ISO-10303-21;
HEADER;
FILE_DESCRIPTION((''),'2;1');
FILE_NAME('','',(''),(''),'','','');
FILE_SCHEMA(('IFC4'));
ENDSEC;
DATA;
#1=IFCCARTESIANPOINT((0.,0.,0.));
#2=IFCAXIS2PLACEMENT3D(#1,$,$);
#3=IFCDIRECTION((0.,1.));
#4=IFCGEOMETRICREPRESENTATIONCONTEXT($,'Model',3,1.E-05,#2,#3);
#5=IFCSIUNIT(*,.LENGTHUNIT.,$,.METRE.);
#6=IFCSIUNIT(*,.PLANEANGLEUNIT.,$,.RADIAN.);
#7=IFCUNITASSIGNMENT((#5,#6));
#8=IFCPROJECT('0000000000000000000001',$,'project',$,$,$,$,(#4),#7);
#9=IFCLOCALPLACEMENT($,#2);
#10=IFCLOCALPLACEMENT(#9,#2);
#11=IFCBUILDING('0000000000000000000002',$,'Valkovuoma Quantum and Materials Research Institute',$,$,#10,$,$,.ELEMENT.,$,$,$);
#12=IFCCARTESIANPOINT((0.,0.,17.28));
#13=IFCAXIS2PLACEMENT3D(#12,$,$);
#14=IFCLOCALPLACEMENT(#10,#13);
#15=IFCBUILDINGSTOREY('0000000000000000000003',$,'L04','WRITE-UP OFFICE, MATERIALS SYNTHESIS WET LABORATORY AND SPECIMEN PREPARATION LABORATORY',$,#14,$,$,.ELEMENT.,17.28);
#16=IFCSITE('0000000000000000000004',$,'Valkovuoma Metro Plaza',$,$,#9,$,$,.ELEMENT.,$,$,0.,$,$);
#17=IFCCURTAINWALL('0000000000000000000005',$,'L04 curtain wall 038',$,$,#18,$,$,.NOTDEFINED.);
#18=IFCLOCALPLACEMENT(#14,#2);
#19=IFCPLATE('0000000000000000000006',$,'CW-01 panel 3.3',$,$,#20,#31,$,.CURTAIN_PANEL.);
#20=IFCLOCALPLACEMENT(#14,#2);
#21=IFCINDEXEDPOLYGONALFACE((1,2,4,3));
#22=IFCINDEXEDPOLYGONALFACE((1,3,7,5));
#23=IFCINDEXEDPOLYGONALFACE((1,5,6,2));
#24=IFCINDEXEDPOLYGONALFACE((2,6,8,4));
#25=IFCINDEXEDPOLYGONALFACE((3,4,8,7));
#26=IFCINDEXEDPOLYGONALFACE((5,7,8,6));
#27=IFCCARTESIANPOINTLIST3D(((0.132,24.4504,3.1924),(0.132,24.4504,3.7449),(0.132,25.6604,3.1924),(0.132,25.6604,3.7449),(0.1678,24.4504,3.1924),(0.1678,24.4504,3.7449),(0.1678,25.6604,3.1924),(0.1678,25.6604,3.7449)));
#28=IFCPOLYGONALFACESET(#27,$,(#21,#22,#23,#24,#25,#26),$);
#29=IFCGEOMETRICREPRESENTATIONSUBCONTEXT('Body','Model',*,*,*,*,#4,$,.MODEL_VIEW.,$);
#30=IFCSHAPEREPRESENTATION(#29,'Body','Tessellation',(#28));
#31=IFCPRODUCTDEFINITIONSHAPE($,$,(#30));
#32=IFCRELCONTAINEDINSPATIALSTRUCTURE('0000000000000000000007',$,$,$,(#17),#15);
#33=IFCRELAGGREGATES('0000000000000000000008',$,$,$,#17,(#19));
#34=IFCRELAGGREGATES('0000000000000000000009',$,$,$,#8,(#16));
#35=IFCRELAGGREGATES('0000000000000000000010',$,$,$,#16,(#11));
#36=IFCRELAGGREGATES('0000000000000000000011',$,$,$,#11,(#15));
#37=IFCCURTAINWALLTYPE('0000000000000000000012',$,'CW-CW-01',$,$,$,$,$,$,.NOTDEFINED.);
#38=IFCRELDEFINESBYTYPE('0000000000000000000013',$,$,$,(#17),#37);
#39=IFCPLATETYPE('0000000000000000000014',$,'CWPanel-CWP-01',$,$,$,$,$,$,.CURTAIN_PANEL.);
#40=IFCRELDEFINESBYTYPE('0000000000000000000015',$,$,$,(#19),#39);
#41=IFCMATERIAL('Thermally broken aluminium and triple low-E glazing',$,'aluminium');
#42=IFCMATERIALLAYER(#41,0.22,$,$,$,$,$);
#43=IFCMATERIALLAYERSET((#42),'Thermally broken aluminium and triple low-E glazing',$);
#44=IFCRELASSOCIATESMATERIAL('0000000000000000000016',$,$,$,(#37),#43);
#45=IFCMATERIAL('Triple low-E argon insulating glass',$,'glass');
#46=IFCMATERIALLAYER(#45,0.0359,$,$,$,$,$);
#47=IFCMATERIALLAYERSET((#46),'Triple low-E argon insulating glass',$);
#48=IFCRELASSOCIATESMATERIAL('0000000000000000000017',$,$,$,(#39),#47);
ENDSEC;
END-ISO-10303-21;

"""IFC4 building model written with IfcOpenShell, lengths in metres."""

from ifc_helpers import new_model, si_unit, direction, frame, origin, origin_2d, place, context, subcontext, project, spatial, rectangle, extrude, material, layer, layer_set, type_object, element, aggregate, save


model = new_model("IFC4")

# Units and contexts
model_context = context("Model", 3, precision=1e-05, world=origin(), true_north=direction((0.0, 1.0)))
body_context = subcontext(model_context, "Body", "Model", "MODEL_VIEW")
ifc_project = project(units=[si_unit("LENGTHUNIT", "METRE"), si_unit("PLANEANGLEUNIT", "RADIAN")], contexts=[model_context])

# Site, building, storey
site_placement = place(None, origin())
site = spatial("IfcSite", under=ifc_project, at=site_placement, Name="Valkovuoma Metro Plaza", CompositionType="ELEMENT", RefElevation=0.0)
building_placement = place(site_placement, origin())
building = spatial("IfcBuilding", under=site, at=building_placement, Name="Valkovuoma Quantum and Materials Research Institute", CompositionType="ELEMENT")
storey_placement = place(building_placement, frame((0.0, 0.0, 17.28)))
storey = spatial("IfcBuildingStorey", under=building, at=storey_placement, Name="L04", Description="WRITE-UP OFFICE, MATERIALS SYNTHESIS WET LABORATORY AND SPECIMEN PREPARATION LABORATORY", CompositionType="ELEMENT", Elevation=17.28)

# Curtain wall, plate
ifc_material_1 = material(Name="Thermally broken aluminium and triple low-E glazing", Category="aluminium")
ifc_layer_1 = layer(ifc_material_1, 0.22)
ifc_layer_set_1 = layer_set([ifc_layer_1], Name="Thermally broken aluminium and triple low-E glazing")
curtain_wall_type = type_object("IfcCurtainWallType", Name="CW-CW-01", PredefinedType="NOTDEFINED", material=ifc_layer_set_1)
curtain_wall_placement = place(storey_placement, origin())
curtain_wall = element("IfcCurtainWall", 1, at=curtain_wall_placement, inside=storey, type_object=curtain_wall_type, Name="L04 curtain wall 038", PredefinedType="NOTDEFINED")
ifc_material_2 = material(Name="Triple low-E argon insulating glass", Category="glass")
ifc_layer_2 = layer(ifc_material_2, 0.0359)
ifc_layer_set_2 = layer_set([ifc_layer_2], Name="Triple low-E argon insulating glass")
plate_type = type_object("IfcPlateType", Name="CWPanel-CWP-01", PredefinedType="CURTAIN_PANEL", material=ifc_layer_set_2)
plate_1_placement = place(storey_placement, frame((0.1499, 25.0554, 3.1924), z_axis=(0.0, 0.0, 1.0), x_axis=(0.0, 1.0, 0.0)))
plate_1 = element("IfcPlate", 2, at=plate_1_placement, type_object=plate_type, Name="CW-01 panel 3.3", PredefinedType="CURTAIN_PANEL", context=body_context, shape_type="SweptSolid", body=[
    extrude(rectangle(XDim=1.21, YDim=0.0359, at=origin_2d()), origin(), (0.0, 0.0, 1.0), 0.5525),
])
aggregate(curtain_wall, [plate_1])

save(model, "model.ifc")
